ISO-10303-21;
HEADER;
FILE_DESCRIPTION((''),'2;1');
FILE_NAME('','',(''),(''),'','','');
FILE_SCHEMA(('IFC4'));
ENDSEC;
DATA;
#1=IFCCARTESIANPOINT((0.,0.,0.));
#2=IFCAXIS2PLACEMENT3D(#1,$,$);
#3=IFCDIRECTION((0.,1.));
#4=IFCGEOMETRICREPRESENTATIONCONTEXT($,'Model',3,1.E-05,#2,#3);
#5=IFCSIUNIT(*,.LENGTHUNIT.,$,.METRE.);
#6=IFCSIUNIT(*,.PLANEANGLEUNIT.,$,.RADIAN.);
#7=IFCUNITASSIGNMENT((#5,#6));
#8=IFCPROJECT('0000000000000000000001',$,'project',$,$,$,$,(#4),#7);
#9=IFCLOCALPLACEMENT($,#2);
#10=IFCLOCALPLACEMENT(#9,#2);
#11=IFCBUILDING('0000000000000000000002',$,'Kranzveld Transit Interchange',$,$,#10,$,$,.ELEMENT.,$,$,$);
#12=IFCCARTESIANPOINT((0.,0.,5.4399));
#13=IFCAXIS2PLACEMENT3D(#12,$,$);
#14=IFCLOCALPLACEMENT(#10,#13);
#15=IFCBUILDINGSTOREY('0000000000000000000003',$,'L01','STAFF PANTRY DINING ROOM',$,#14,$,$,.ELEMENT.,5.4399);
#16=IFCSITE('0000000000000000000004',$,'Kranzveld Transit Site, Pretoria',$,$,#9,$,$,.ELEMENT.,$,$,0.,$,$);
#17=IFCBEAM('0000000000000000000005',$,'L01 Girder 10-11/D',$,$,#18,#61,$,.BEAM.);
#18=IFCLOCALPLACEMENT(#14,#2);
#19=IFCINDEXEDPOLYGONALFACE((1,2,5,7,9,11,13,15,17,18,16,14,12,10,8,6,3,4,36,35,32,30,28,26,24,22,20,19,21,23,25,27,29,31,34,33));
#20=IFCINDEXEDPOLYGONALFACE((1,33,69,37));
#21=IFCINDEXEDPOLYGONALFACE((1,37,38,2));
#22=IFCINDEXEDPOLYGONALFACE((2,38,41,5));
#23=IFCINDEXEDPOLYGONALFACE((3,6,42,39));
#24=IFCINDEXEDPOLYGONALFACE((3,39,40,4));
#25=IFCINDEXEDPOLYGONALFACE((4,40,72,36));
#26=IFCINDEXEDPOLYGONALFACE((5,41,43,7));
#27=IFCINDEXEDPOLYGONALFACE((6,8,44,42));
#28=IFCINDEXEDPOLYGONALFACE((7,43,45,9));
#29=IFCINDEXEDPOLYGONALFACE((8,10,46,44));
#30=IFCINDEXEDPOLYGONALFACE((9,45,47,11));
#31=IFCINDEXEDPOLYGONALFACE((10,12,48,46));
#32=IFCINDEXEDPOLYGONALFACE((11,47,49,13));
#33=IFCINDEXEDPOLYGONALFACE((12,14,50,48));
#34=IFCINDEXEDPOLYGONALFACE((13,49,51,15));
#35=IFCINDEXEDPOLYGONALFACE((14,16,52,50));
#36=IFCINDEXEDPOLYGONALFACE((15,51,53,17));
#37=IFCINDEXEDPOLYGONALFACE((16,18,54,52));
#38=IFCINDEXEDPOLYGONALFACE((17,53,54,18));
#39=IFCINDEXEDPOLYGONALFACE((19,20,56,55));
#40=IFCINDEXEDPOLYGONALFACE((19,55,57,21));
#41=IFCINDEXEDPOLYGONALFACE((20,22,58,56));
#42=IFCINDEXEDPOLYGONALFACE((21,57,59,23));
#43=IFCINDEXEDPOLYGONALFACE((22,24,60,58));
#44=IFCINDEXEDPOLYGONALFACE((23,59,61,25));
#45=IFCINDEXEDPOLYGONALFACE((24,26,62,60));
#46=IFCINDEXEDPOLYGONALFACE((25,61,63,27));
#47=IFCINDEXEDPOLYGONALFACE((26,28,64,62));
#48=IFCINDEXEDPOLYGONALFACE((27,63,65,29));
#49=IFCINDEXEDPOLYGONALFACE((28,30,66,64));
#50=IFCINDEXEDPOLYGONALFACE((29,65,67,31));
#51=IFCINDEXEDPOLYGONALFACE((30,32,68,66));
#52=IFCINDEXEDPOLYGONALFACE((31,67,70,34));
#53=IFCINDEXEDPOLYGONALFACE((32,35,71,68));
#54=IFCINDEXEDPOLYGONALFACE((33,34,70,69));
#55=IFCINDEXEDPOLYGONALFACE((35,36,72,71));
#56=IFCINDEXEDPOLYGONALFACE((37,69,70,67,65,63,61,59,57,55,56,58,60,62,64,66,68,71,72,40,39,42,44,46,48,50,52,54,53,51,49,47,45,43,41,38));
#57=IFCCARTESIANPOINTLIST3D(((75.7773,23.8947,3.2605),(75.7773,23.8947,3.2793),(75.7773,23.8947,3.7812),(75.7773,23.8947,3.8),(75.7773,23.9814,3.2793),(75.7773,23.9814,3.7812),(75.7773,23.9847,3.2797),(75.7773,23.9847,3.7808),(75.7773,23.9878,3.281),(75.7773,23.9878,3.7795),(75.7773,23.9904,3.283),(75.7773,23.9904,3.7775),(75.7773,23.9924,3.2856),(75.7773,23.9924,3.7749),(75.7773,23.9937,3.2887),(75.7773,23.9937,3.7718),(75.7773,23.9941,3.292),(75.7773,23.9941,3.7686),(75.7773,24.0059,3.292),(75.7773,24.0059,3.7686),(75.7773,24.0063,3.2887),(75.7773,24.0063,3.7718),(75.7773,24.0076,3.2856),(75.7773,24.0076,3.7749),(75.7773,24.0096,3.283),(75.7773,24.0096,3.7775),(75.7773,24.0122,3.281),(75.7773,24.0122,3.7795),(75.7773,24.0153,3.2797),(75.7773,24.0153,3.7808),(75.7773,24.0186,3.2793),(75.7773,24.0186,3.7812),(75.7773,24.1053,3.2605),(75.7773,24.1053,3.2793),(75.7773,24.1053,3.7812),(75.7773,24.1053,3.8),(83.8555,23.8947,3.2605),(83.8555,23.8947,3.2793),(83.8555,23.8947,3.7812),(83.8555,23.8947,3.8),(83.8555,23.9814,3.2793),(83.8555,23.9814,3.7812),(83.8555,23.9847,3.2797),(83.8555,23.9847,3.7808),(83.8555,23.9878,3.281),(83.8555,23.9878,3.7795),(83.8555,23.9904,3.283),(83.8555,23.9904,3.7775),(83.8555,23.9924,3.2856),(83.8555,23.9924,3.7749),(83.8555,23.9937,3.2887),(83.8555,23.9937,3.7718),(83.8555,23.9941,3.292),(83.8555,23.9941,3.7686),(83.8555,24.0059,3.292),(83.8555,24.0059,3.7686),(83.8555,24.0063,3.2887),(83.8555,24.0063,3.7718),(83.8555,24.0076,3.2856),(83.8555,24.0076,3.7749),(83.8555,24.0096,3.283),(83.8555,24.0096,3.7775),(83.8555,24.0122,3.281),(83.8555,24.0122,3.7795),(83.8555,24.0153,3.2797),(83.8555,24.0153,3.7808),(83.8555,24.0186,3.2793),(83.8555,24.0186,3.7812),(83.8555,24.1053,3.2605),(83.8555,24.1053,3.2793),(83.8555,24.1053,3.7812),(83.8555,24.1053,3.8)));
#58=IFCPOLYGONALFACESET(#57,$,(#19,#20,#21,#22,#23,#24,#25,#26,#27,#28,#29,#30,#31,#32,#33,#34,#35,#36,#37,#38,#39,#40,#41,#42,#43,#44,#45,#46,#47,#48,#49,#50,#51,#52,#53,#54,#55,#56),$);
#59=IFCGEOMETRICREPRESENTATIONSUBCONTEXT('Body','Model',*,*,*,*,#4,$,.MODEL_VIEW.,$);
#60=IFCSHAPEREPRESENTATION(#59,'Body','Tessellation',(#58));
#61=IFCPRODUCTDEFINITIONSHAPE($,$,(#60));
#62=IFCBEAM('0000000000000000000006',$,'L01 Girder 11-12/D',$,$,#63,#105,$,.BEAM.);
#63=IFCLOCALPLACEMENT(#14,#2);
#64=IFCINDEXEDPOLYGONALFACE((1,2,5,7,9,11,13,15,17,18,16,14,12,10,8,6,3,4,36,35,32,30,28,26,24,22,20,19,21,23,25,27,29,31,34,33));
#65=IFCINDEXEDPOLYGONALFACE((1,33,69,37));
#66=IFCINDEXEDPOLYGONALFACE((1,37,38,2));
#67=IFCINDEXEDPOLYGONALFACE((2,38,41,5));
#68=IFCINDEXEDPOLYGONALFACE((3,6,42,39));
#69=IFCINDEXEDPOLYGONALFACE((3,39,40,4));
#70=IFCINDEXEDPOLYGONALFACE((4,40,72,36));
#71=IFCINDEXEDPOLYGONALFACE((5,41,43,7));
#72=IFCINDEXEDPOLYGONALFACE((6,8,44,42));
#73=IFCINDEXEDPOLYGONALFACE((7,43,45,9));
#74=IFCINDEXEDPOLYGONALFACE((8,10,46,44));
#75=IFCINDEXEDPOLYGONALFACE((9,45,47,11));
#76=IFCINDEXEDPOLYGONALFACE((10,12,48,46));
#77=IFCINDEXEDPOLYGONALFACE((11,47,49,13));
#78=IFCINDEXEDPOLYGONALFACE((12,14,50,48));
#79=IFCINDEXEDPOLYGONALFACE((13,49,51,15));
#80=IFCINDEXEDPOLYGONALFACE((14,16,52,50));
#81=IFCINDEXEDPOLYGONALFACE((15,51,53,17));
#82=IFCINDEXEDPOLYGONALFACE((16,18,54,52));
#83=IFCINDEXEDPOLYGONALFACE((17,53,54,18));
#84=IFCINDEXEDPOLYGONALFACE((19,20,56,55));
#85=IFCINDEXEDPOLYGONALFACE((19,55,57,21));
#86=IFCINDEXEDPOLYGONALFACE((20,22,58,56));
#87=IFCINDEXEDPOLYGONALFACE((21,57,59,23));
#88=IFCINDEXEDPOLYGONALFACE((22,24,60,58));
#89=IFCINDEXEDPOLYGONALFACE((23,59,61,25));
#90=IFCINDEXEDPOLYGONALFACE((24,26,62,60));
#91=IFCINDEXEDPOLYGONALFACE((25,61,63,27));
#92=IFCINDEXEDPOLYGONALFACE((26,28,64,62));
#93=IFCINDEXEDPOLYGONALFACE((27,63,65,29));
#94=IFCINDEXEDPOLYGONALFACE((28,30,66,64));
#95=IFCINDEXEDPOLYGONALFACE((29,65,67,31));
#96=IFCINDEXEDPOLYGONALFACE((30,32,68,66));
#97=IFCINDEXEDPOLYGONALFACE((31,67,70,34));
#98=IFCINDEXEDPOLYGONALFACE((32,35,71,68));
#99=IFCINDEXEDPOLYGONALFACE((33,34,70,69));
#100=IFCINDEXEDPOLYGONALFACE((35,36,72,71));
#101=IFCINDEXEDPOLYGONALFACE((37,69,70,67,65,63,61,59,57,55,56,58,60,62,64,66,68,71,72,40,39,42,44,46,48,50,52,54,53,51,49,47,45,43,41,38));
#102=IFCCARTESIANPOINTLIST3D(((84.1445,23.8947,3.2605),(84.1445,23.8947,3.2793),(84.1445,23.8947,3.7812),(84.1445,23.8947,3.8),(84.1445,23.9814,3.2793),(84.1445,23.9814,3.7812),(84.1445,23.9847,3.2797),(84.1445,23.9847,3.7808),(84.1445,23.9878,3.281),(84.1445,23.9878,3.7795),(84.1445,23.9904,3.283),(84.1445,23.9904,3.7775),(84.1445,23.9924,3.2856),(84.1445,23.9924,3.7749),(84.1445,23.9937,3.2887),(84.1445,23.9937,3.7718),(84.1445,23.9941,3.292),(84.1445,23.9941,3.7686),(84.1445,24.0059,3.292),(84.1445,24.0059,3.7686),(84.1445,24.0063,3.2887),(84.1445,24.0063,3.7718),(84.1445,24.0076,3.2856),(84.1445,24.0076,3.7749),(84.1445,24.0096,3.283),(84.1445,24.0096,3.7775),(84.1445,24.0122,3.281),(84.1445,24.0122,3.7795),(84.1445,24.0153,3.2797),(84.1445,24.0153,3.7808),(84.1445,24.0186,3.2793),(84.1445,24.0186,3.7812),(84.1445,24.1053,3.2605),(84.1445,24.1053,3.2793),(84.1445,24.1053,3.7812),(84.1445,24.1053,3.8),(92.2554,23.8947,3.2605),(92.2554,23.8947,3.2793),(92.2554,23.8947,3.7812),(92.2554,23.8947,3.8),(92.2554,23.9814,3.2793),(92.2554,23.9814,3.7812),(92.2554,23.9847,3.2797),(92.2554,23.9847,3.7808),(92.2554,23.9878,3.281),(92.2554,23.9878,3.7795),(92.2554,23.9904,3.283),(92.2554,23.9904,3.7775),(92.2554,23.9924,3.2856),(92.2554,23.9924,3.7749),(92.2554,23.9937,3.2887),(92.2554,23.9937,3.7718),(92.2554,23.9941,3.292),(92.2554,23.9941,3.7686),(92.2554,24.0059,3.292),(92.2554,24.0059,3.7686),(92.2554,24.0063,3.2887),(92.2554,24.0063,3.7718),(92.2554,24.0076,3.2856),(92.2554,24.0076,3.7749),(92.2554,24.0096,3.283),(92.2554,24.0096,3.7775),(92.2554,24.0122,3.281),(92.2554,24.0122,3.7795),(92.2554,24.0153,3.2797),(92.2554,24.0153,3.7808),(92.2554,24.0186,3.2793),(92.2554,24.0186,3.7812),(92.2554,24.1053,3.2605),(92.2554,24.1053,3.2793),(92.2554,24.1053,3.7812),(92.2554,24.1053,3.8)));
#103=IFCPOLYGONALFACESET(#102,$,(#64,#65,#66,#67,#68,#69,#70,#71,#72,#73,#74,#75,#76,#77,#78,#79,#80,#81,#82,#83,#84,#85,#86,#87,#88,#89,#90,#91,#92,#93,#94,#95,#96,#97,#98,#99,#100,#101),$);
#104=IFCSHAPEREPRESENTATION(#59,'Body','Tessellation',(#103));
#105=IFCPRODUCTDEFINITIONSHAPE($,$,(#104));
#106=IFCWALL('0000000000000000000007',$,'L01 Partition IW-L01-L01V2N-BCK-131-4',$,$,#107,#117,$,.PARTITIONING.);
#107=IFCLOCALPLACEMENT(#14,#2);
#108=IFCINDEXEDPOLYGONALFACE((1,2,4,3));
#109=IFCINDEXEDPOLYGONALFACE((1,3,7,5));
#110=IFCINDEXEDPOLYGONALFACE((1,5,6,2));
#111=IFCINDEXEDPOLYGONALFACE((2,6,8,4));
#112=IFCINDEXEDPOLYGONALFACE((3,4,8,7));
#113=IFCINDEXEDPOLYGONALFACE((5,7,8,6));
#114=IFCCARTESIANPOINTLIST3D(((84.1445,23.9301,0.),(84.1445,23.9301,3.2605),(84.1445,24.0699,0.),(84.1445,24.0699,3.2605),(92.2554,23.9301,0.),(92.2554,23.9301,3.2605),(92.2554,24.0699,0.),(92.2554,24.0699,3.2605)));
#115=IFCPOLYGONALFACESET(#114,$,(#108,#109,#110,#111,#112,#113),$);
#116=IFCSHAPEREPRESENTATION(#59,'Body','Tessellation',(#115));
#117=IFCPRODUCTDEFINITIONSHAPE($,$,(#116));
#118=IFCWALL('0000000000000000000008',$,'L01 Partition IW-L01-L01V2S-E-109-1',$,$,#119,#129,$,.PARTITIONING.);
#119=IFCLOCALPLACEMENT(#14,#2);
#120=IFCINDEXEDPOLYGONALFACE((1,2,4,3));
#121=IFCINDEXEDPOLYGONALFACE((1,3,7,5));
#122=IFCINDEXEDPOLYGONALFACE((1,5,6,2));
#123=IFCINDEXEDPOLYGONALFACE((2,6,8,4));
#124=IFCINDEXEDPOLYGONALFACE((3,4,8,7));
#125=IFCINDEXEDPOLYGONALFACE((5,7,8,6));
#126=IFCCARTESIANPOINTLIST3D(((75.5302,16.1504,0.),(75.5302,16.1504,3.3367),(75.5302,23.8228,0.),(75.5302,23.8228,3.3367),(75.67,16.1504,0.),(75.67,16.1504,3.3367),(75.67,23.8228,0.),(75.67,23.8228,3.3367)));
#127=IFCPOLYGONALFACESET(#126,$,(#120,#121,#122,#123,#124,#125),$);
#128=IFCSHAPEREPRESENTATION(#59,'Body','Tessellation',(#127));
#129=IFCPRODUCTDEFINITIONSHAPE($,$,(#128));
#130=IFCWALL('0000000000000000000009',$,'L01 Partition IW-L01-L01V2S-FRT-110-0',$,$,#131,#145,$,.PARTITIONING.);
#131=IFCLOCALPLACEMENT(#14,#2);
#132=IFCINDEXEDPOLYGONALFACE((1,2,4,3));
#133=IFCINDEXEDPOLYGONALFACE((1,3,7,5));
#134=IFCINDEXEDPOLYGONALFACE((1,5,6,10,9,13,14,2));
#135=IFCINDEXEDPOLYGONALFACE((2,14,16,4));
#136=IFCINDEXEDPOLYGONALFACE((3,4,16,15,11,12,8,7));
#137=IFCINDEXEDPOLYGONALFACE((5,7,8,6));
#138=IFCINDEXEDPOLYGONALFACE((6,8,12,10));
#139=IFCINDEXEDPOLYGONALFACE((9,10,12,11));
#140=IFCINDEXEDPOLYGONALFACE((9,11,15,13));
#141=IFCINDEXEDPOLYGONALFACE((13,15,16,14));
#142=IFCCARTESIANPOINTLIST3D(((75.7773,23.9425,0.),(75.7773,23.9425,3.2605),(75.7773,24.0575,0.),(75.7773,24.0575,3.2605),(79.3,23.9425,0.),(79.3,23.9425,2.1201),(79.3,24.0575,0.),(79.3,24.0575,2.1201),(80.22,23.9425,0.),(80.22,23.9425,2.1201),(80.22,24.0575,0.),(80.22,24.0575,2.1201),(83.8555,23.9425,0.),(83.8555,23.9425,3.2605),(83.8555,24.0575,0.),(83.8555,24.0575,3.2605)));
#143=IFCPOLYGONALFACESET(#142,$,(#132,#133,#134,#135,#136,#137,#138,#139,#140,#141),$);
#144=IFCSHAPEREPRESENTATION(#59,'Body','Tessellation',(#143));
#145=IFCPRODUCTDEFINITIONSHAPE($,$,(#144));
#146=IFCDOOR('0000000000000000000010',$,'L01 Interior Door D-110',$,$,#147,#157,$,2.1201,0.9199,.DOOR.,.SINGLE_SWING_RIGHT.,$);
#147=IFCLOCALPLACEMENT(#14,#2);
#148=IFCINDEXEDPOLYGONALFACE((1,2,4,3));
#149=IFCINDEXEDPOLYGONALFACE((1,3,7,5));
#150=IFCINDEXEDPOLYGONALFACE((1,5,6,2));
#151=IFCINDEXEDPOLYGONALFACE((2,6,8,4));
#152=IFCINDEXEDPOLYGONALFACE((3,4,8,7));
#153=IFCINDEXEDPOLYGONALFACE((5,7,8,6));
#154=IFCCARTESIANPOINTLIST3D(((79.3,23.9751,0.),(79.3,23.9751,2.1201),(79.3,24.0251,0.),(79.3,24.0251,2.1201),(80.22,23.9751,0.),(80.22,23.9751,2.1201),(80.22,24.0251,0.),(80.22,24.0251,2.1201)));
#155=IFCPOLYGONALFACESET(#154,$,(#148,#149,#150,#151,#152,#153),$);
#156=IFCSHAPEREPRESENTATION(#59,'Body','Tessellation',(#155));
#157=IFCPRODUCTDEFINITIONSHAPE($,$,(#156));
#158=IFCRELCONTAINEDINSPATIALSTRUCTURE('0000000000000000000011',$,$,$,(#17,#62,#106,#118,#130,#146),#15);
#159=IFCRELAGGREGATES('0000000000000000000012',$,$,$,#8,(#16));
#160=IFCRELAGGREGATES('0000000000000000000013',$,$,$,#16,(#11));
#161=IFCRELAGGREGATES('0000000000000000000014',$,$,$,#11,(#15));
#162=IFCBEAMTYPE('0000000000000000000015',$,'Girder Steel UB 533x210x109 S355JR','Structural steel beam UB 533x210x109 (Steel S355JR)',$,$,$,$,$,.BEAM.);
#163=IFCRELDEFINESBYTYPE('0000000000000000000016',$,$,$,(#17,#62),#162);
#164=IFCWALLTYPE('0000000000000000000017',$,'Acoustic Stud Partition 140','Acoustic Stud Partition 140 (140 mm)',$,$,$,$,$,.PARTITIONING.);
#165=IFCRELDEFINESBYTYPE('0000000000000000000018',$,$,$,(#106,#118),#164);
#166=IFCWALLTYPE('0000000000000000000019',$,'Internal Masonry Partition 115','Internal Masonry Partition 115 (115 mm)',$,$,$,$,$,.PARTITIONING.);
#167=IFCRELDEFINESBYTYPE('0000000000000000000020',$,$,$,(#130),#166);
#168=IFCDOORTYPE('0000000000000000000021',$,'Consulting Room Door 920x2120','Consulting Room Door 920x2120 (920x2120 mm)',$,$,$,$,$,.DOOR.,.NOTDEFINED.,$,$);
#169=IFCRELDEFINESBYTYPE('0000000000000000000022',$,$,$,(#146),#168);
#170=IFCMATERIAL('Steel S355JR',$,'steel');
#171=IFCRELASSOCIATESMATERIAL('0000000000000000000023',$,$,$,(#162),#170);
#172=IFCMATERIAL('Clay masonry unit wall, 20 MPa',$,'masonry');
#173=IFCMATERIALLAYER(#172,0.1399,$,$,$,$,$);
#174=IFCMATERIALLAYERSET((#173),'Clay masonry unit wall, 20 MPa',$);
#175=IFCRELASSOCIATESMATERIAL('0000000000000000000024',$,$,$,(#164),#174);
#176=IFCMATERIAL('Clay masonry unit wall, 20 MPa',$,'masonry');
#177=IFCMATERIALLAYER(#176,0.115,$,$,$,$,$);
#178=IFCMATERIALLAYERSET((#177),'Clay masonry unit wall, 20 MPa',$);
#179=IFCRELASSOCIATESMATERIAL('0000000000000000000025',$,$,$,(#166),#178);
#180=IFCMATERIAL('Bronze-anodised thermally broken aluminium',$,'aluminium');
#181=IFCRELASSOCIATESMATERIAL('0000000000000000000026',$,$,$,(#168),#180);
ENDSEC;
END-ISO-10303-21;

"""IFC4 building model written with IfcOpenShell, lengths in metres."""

from ifc_helpers import new_model, si_unit, direction, frame, frame_2d, origin, origin_2d, place, context, subcontext, project, spatial, rectangle, i_section, extrude, material, layer, layer_set, material_profile, profile_set, type_object, element, fill, save


model = new_model("IFC4")

# Units and contexts
model_context = context("Model", 3, precision=1e-05, world=origin(), true_north=direction((0.0, 1.0)))
body_context = subcontext(model_context, "Body", "Model", "MODEL_VIEW")
ifc_project = project(units=[si_unit("LENGTHUNIT", "METRE"), si_unit("PLANEANGLEUNIT", "RADIAN")], contexts=[model_context])

# Site, building, storey
site_placement = place(None, origin())
site = spatial("IfcSite", under=ifc_project, at=site_placement, Name="Kranzveld Transit Site, Pretoria", CompositionType="ELEMENT", RefElevation=0.0)
building_placement = place(site_placement, origin())
building = spatial("IfcBuilding", under=site, at=building_placement, Name="Kranzveld Transit Interchange", CompositionType="ELEMENT")
storey_placement = place(building_placement, frame((0.0, 0.0, 5.4399)))
storey = spatial("IfcBuildingStorey", under=building, at=storey_placement, Name="L01", Description="STAFF PANTRY DINING ROOM", CompositionType="ELEMENT", Elevation=5.4399)

# Beams
ifc_material_1 = material(Name="Steel S355JR", Category="steel")
ifc_material_profile_1 = material_profile(ifc_material_1, i_section(OverallWidth=0.2107, OverallDepth=0.5396, WebThickness=0.0117, FlangeThickness=0.0188, FilletRadius=0.0127, at=origin_2d()), Name="UB 533x210x109")
ifc_profile_set_1 = profile_set([ifc_material_profile_1], Name="Steel S355JR")
beam_type_1 = type_object("IfcBeamType", Name="Girder Steel UB 533x210x109 S355JR", Description="Structural steel beam UB 533x210x109 (Steel S355JR)", PredefinedType="BEAM", material=ifc_profile_set_1)
beam_1_placement = place(storey_placement, frame((75.7773, 24.0, 3.5303), z_axis=(1.0, 0.0, 0.0), x_axis=(0.0, 1.0, 0.0)))
element("IfcBeam", 1, at=beam_1_placement, inside=storey, type_object=beam_type_1, Name="L01 Girder 10-11/D", PredefinedType="BEAM", context=body_context, shape_type="SweptSolid", body=[
    extrude(i_section(OverallWidth=0.2107, OverallDepth=0.5396, WebThickness=0.0117, FlangeThickness=0.0188, FilletRadius=0.0127, at=origin_2d()), origin(), (0.0, 0.0, 1.0), 8.0781),
])
beam_2_placement = place(storey_placement, frame((84.1445, 24.0, 3.5303), z_axis=(1.0, 0.0, 0.0), x_axis=(0.0, 1.0, 0.0)))
element("IfcBeam", 2, at=beam_2_placement, inside=storey, type_object=beam_type_1, Name="L01 Girder 11-12/D", PredefinedType="BEAM", context=body_context, shape_type="SweptSolid", body=[
    extrude(i_section(OverallWidth=0.2107, OverallDepth=0.5396, WebThickness=0.0117, FlangeThickness=0.0188, FilletRadius=0.0127, at=origin_2d()), origin(), (0.0, 0.0, 1.0), 8.1108),
])

# Walls
ifc_material_2 = material(Name="Clay masonry unit wall, 20 MPa", Category="masonry")
ifc_layer_1 = layer(ifc_material_2, 0.1399)
ifc_layer_set_1 = layer_set([ifc_layer_1], Name="Clay masonry unit wall, 20 MPa")
wall_type_1 = type_object("IfcWallType", Name="Acoustic Stud Partition 140", Description="Acoustic Stud Partition 140 (140 mm)", PredefinedType="PARTITIONING", material=ifc_layer_set_1)
wall_1_placement = place(storey_placement, frame((84.1445, 24.0, 0.0), z_axis=(0.0, 0.0, 1.0), x_axis=(1.0, 0.0, 0.0)))
element("IfcWall", 3, at=wall_1_placement, inside=storey, type_object=wall_type_1, Name="L01 Partition IW-L01-L01V2N-BCK-131-4", PredefinedType="PARTITIONING", context=body_context, shape_type="SweptSolid", body=[
    extrude(rectangle(XDim=8.1108, YDim=0.1399, at=frame_2d((4.0554, 0.0))), origin(), (0.0, 0.0, 1.0), 3.2605),
])
wall_2_placement = place(storey_placement, frame((75.6001, 16.1504, 0.0), z_axis=(0.0, 0.0, 1.0), x_axis=(0.0, 1.0, 0.0)))
element("IfcWall", 4, at=wall_2_placement, inside=storey, type_object=wall_type_1, Name="L01 Partition IW-L01-L01V2S-E-109-1", PredefinedType="PARTITIONING", context=body_context, shape_type="SweptSolid", body=[
    extrude(rectangle(XDim=7.6724, YDim=0.1399, at=frame_2d((3.8362, 0.0))), origin(), (0.0, 0.0, 1.0), 3.3367),
])

# Wall, opening, door
ifc_material_3 = material(Name="Clay masonry unit wall, 20 MPa", Category="masonry")
ifc_layer_2 = layer(ifc_material_3, 0.115)
ifc_layer_set_2 = layer_set([ifc_layer_2], Name="Clay masonry unit wall, 20 MPa")
wall_type_2 = type_object("IfcWallType", Name="Internal Masonry Partition 115", Description="Internal Masonry Partition 115 (115 mm)", PredefinedType="PARTITIONING", material=ifc_layer_set_2)
wall_3_placement = place(storey_placement, frame((75.7773, 24.0, 0.0), z_axis=(0.0, 0.0, 1.0), x_axis=(1.0, 0.0, 0.0)))
wall_3 = element("IfcWall", 5, at=wall_3_placement, inside=storey, type_object=wall_type_2, Name="L01 Partition IW-L01-L01V2S-FRT-110-0", PredefinedType="PARTITIONING", context=body_context, shape_type="SweptSolid", body=[
    extrude(rectangle(XDim=8.0781, YDim=0.115, at=frame_2d((4.0391, 0.0))), origin(), (0.0, 0.0, 1.0), 3.2605),
])
opening_placement = place(wall_3_placement, frame((4.4426, 0.0, 0.0), z_axis=(0.0, 0.0, 1.0), x_axis=(-1.0, 0.0, 0.0)))
opening = element("IfcOpeningElement", 6, at=opening_placement, cuts=wall_3, PredefinedType="OPENING", context=body_context, shape_type="SweptSolid", body=[
    extrude(rectangle(XDim=0.9199, YDim=2.1201, at=frame_2d((0.46, 1.0601))), frame((0.0, 0.0674, 0.0), z_axis=(0.0, -1.0, 0.0), x_axis=(1.0, 0.0, 0.0)), (0.0, 0.0, 1.0), 0.135),
])
ifc_material_4 = material(Name="Bronze-anodised thermally broken aluminium", Category="aluminium")
door_type = type_object("IfcDoorType", Name="Consulting Room Door 920x2120", Description="Consulting Room Door 920x2120 (920x2120 mm)", OperationType="NOTDEFINED", PredefinedType="DOOR", material=ifc_material_4)
door_placement = place(opening_placement, origin())
door = element("IfcDoor", 7, at=door_placement, inside=storey, type_object=door_type, Name="L01 Interior Door D-110", OperationType="SINGLE_SWING_RIGHT", OverallHeight=2.1201, OverallWidth=0.9199, PredefinedType="DOOR", context=body_context, shape_type="SweptSolid", body=[
    extrude(rectangle(XDim=0.9199, YDim=2.1201, at=frame_2d((0.46, 1.0601))), frame((0.0, 0.0249, 0.0), z_axis=(0.0, -1.0, 0.0), x_axis=(1.0, 0.0, 0.0)), (0.0, 0.0, 1.0), 0.05),
])
fill(opening, door)

save(model, "model.ifc")
